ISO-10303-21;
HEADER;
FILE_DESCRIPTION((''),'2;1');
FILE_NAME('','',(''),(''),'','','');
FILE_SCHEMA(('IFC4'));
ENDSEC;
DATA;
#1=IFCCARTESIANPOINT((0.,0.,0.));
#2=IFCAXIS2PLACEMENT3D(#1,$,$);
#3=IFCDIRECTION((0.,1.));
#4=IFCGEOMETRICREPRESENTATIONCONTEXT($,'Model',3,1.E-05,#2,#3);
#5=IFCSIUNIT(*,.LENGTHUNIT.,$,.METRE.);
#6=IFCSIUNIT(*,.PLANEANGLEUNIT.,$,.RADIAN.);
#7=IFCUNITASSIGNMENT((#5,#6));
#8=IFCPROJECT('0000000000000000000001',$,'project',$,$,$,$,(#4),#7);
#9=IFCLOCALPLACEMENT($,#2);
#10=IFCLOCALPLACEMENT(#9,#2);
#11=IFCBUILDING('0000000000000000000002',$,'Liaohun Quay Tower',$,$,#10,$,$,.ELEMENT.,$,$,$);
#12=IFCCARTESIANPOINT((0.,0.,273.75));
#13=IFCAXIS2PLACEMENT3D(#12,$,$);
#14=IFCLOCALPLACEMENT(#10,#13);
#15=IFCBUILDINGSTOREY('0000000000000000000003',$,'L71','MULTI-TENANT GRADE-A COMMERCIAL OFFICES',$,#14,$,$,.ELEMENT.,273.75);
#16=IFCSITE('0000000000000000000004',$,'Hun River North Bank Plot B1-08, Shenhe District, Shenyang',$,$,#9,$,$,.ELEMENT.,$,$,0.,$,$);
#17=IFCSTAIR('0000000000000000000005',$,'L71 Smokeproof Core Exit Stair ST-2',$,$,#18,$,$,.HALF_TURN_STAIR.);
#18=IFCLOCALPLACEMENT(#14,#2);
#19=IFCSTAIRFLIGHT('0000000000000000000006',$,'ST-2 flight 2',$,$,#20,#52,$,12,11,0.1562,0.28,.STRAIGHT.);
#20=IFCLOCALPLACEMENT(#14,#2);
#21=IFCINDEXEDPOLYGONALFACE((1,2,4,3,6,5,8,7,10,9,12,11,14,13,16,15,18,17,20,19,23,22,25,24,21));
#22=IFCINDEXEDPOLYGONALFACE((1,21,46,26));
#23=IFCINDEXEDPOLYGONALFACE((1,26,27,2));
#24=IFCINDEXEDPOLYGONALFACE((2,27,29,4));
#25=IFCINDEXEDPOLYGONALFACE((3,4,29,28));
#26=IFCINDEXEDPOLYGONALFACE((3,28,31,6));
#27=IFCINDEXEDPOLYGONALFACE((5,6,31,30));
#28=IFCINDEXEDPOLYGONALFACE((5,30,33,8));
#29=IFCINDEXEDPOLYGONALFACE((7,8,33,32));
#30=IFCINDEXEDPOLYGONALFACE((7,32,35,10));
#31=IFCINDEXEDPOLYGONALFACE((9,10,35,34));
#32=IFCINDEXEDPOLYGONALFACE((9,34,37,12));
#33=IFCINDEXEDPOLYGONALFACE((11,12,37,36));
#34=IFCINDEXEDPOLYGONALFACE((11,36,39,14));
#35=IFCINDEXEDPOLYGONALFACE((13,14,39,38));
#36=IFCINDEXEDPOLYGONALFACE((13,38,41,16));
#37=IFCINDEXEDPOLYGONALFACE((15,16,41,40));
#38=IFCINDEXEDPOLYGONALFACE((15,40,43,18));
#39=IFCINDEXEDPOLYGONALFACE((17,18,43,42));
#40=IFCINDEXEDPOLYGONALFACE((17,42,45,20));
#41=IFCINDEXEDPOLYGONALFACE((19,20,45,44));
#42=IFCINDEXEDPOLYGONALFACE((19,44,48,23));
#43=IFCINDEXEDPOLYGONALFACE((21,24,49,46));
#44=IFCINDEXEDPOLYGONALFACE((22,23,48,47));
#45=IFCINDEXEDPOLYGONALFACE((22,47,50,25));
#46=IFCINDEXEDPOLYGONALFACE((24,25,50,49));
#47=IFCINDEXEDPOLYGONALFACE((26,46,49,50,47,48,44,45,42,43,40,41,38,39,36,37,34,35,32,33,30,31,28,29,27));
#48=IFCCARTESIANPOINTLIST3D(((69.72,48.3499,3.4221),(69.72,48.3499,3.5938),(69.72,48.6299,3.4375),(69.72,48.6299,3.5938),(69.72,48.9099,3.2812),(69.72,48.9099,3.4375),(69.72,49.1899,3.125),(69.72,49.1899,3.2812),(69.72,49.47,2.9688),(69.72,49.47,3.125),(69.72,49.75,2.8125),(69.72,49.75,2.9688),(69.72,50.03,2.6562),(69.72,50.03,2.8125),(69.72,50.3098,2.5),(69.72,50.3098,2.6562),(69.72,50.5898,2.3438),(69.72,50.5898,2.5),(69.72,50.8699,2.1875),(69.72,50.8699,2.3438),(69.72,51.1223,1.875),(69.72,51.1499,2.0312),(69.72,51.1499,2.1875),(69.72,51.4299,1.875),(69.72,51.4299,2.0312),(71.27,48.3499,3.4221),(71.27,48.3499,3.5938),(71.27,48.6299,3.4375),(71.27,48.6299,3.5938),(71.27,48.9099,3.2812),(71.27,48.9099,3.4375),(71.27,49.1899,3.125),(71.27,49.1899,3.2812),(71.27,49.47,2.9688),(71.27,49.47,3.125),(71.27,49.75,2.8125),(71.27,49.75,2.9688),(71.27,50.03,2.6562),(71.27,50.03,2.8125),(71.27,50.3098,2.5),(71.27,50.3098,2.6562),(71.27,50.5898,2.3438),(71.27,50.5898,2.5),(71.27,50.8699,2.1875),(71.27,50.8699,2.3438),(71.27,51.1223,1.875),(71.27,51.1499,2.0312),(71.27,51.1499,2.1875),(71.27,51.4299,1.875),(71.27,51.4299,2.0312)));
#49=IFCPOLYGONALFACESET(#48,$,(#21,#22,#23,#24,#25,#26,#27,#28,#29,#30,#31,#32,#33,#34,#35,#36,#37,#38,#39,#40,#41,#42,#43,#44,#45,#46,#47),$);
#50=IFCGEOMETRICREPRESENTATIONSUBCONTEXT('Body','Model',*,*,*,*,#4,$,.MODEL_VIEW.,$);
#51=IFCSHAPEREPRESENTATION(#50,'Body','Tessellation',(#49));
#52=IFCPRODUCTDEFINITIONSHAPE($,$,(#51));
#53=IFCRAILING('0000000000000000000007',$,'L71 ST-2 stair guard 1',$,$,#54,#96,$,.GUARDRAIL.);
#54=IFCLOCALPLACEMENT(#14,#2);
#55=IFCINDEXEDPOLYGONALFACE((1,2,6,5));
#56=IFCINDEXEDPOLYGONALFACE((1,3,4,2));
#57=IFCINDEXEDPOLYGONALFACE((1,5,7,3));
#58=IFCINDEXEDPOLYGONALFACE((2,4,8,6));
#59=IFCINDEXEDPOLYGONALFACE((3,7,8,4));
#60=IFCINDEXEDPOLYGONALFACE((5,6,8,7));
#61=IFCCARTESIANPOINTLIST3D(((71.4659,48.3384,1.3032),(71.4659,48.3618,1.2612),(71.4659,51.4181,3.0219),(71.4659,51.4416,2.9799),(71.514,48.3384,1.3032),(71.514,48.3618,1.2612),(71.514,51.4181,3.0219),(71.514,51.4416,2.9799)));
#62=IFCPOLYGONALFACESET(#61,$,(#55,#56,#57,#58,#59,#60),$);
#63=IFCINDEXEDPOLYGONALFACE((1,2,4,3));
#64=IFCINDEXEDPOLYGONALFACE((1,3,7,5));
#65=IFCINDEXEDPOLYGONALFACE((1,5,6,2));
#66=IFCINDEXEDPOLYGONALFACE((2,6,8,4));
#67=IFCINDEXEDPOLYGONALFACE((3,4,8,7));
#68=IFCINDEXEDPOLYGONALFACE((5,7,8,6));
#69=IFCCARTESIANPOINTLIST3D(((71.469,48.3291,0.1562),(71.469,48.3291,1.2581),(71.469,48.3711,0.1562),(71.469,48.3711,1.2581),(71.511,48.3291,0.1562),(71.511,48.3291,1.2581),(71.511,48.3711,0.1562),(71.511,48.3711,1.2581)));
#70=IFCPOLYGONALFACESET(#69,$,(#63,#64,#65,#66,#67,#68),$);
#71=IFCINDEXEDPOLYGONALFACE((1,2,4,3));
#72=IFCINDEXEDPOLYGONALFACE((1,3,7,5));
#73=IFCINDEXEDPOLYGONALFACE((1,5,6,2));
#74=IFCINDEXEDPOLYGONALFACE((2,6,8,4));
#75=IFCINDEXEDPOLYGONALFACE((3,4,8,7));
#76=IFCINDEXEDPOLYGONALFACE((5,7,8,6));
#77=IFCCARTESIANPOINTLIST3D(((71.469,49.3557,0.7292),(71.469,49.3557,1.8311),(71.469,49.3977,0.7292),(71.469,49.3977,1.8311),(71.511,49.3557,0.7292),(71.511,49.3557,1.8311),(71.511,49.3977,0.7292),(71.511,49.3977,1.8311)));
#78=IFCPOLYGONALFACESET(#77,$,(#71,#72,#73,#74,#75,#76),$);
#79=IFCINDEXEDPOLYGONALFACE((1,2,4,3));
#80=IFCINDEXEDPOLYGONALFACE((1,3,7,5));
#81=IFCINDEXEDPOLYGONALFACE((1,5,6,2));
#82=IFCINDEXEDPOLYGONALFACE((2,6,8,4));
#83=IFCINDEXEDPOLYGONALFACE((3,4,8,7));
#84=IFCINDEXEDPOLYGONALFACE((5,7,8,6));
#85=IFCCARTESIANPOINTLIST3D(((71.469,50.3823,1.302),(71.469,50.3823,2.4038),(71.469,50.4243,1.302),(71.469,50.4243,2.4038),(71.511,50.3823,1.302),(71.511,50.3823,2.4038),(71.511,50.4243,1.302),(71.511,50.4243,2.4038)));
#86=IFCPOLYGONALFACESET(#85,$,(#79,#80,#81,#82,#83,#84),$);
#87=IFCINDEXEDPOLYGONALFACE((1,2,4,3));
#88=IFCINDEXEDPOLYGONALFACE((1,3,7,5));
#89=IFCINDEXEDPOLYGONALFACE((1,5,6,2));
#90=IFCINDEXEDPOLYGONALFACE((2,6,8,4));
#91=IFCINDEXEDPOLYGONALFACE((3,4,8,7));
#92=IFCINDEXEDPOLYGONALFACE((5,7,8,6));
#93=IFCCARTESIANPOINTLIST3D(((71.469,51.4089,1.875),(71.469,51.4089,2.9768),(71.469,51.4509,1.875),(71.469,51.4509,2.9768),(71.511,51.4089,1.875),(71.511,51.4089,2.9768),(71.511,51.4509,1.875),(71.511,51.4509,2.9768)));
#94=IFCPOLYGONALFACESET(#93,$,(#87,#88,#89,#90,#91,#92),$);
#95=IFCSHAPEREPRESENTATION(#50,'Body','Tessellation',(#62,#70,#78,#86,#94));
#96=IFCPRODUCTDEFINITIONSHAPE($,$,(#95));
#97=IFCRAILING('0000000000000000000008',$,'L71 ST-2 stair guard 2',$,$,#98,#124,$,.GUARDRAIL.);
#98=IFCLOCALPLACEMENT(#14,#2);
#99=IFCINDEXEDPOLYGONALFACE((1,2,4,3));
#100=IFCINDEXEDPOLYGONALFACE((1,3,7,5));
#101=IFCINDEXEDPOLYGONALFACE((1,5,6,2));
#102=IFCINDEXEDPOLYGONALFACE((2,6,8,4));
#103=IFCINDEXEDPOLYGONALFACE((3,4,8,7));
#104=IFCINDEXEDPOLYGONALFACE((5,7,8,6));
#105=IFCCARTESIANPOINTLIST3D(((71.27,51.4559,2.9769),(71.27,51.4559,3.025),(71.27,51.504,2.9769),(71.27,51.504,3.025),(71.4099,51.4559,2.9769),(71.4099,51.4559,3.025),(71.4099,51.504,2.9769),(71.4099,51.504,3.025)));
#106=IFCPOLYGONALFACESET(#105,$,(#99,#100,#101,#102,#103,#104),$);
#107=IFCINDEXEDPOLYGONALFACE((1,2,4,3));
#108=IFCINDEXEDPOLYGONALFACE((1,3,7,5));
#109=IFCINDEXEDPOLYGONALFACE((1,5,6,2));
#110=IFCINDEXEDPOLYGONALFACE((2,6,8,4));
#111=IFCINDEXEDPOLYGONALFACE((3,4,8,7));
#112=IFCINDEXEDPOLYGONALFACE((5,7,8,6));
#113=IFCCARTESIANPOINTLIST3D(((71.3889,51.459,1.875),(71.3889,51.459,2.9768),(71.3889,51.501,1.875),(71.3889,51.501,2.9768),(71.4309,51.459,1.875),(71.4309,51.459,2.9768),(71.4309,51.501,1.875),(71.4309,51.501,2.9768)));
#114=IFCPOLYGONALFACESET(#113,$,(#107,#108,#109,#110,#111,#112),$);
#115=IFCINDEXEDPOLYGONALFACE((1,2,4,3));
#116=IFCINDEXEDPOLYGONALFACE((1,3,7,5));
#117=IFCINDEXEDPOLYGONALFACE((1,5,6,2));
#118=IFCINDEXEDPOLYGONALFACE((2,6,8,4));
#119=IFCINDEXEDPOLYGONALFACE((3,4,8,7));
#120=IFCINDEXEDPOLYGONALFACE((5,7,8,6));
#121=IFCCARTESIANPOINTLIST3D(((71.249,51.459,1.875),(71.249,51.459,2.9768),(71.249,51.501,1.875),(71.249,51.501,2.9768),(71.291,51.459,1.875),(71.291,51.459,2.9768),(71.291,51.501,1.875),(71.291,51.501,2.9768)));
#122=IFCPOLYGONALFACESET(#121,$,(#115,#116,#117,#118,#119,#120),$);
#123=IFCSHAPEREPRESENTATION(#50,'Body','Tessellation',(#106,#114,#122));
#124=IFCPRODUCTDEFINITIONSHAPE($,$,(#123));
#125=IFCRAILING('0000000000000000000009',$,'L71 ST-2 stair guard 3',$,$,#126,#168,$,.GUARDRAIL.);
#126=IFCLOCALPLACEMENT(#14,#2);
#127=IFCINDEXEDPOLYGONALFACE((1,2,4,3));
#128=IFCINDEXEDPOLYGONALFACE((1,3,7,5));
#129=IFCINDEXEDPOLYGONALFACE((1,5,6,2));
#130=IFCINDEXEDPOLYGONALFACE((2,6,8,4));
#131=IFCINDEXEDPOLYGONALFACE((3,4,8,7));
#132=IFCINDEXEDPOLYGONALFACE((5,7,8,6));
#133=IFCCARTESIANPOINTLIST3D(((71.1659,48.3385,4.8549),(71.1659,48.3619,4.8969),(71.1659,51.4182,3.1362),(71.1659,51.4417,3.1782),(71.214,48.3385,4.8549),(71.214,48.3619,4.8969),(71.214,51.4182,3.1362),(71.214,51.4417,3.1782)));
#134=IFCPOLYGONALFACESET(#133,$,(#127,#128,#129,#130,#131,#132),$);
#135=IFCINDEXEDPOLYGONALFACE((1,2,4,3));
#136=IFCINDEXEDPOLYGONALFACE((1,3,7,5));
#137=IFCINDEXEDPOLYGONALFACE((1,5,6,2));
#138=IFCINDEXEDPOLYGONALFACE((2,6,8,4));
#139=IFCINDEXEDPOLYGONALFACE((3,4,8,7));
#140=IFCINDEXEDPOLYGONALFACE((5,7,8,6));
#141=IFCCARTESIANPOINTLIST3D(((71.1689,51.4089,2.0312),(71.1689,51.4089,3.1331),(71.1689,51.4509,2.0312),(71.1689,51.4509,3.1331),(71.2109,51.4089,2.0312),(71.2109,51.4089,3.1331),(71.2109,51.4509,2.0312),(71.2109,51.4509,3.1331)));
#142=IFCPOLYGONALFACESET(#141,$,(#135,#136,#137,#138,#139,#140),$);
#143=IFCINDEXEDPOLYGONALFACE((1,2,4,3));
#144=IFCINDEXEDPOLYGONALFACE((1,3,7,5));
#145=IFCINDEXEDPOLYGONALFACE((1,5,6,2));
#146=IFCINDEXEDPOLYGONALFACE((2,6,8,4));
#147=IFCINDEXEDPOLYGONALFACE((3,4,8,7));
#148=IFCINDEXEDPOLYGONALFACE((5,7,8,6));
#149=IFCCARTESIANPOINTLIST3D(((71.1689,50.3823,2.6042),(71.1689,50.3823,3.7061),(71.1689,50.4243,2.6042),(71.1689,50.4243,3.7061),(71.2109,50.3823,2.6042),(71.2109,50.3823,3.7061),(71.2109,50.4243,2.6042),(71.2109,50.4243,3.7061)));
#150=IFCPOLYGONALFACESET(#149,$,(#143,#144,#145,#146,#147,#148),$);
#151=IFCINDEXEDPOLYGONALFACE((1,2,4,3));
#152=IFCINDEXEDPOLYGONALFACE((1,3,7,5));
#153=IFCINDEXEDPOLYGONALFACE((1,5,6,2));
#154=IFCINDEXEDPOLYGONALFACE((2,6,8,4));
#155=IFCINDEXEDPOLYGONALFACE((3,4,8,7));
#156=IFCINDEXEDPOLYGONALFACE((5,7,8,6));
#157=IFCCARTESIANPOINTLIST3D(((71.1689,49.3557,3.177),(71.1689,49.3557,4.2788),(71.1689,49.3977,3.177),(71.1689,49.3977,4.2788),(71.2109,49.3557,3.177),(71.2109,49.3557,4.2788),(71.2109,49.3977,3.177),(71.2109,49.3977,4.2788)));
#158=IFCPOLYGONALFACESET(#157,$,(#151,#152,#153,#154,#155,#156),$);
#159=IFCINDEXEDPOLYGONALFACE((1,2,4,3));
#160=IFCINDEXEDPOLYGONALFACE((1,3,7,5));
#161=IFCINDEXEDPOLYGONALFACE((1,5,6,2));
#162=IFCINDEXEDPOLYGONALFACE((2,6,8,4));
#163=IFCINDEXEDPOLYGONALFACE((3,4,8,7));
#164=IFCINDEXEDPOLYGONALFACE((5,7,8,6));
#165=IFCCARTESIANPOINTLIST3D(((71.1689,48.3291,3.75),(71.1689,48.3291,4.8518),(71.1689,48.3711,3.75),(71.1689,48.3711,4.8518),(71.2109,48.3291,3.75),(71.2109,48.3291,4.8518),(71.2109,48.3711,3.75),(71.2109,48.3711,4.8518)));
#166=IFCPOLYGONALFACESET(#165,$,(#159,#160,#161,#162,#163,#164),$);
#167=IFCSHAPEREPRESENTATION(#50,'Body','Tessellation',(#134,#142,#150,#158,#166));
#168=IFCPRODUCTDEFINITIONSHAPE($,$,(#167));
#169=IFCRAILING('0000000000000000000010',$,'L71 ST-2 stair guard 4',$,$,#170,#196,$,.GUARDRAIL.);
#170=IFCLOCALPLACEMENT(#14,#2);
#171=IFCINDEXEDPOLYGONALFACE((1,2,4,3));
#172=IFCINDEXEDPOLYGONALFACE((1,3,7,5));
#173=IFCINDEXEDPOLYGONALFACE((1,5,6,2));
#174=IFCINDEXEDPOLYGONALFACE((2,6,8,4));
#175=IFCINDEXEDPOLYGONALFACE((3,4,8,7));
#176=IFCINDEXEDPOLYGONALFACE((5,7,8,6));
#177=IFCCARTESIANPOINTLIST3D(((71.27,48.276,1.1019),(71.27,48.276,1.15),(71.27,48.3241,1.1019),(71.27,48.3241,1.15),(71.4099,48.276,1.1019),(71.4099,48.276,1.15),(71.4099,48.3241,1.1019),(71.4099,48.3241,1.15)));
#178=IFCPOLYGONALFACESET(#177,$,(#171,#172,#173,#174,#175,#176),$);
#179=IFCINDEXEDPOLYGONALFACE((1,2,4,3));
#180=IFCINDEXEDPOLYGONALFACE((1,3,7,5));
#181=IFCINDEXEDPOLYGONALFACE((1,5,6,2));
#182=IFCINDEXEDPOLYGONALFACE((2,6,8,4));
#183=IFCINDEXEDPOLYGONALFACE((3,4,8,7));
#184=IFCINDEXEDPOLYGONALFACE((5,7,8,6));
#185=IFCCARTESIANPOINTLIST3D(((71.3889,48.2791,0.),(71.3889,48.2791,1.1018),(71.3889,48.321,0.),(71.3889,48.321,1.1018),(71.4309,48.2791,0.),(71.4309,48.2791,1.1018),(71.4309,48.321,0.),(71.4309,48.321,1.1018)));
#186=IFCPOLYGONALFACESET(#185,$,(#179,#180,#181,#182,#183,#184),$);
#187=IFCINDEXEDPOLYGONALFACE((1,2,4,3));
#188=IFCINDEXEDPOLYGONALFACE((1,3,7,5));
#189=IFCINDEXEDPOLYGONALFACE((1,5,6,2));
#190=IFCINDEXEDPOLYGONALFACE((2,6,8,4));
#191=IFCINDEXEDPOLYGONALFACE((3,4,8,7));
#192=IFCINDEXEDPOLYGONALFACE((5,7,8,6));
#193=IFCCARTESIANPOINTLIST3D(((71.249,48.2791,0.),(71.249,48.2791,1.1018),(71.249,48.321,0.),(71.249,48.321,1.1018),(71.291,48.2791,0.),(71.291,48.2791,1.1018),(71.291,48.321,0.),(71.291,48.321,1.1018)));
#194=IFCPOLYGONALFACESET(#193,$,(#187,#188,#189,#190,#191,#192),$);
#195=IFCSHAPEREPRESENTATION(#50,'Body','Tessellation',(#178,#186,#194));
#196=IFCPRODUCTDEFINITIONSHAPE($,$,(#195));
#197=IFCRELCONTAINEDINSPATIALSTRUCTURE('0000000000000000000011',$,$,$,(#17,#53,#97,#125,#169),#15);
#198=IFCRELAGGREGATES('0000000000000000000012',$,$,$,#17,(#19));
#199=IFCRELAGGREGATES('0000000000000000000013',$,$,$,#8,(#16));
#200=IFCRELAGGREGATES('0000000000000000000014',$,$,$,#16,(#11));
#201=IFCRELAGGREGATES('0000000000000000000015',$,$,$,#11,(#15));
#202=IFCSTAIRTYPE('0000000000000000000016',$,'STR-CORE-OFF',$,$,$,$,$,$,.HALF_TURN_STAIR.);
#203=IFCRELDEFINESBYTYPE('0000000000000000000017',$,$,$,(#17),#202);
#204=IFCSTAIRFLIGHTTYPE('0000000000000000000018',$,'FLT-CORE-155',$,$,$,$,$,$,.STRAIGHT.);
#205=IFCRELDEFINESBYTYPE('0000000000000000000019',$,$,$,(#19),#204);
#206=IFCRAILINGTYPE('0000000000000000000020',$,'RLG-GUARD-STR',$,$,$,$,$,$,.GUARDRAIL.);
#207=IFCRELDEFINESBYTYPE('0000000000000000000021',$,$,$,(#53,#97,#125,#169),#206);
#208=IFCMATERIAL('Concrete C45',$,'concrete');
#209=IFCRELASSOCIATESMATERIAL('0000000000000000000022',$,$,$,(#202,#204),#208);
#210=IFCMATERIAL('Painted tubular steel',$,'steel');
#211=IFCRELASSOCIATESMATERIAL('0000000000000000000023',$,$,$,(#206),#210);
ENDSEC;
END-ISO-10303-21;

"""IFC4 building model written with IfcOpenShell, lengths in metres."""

from ifc_helpers import new_model, si_unit, direction, frame, origin, origin_2d, place, context, subcontext, project, spatial, polyline, rectangle, outline, extrude, material, type_object, element, aggregate, save


model = new_model("IFC4")

# Units and contexts
model_context = context("Model", 3, precision=1e-05, world=origin(), true_north=direction((0.0, 1.0)))
body_context = subcontext(model_context, "Body", "Model", "MODEL_VIEW")
ifc_project = project(units=[si_unit("LENGTHUNIT", "METRE"), si_unit("PLANEANGLEUNIT", "RADIAN")], contexts=[model_context])

# Site, building, storey
site_placement = place(None, origin())
site = spatial("IfcSite", under=ifc_project, at=site_placement, Name="Hun River North Bank Plot B1-08, Shenhe District, Shenyang", CompositionType="ELEMENT", RefElevation=0.0)
building_placement = place(site_placement, origin())
building = spatial("IfcBuilding", under=site, at=building_placement, Name="Liaohun Quay Tower", CompositionType="ELEMENT")
storey_placement = place(building_placement, frame((0.0, 0.0, 273.75)))
storey = spatial("IfcBuildingStorey", under=building, at=storey_placement, Name="L71", Description="MULTI-TENANT GRADE-A COMMERCIAL OFFICES", CompositionType="ELEMENT", Elevation=273.75)

# Stair, stair flight
ifc_material_1 = material(Name="Concrete C45", Category="concrete")
stair_type = type_object("IfcStairType", Name="STR-CORE-OFF", PredefinedType="HALF_TURN_STAIR", material=ifc_material_1)
stair_placement = place(storey_placement, origin())
stair = element("IfcStair", 1, at=stair_placement, inside=storey, type_object=stair_type, Name="L71 Smokeproof Core Exit Stair ST-2", PredefinedType="HALF_TURN_STAIR")
stair_flight_type = type_object("IfcStairFlightType", Name="FLT-CORE-155", PredefinedType="STRAIGHT", material=ifc_material_1)
stair_flight_1_placement = place(storey_placement, frame((70.4951, 51.4299, 1.875), z_axis=(0.0, 0.0, 1.0), x_axis=(0.0, -1.0, 0.0)))
stair_flight_1 = element("IfcStairFlight", 2, at=stair_flight_1_placement, type_object=stair_flight_type, Name="ST-2 flight 2", NumberOfRisers=12, NumberOfTreads=11, PredefinedType="STRAIGHT", RiserHeight=0.1562, TreadLength=0.28, context=body_context, shape_type="SweptSolid", body=[
    extrude(outline(polyline([(0.0, 0.0), (0.0, 0.1562), (0.28, 0.1562), (0.28, 0.3125), (0.5601, 0.3125), (0.5601, 0.4688), (0.8401, 0.4688), (0.8401, 0.625), (1.1201, 0.625), (1.1201, 0.7812), (1.3999, 0.7812), (1.3999, 0.9375), (1.6799, 0.9375), (1.6799, 1.0938), (1.96, 1.0938), (1.96, 1.25), (2.24, 1.25), (2.24, 1.4062), (2.52, 1.4062), (2.52, 1.5625), (2.8, 1.5625), (2.8, 1.7188), (3.0801, 1.7188), (3.0801, 1.875), (3.0801, 1.5471), (0.3076, 0.0), (0.0, 0.0)])), frame((0.0, 0.7749, 0.0), z_axis=(0.0, -1.0, 0.0), x_axis=(1.0, 0.0, 0.0)), (0.0, 0.0, 1.0), 1.55),
])
aggregate(stair, [stair_flight_1])

# Railings
ifc_material_2 = material(Name="Painted tubular steel", Category="steel")
railing_type_1 = type_object("IfcRailingType", Name="RLG-GUARD-STR", PredefinedType="GUARDRAIL", material=ifc_material_2)
railing_1_placement = place(storey_placement, frame((71.49, 48.3501, 0.1562)))
element("IfcRailing", 3, at=railing_1_placement, inside=storey, type_object=railing_type_1, Name="L71 ST-2 stair guard 1", PredefinedType="GUARDRAIL", context=body_context, shape_type="SweptSolid", body=[
    extrude(rectangle(XDim=0.0481, YDim=0.0481, at=origin_2d()), frame((0.0, 0.0, 1.126), z_axis=(0.0, 0.873225, 0.487317), x_axis=(-1.0, 0.0, 0.0)), (0.0, 0.0, 1.0), 3.5269),
    extrude(rectangle(XDim=0.042, YDim=0.042, at=origin_2d()), origin(), (0.0, 0.0, 1.0), 1.1018),
    extrude(rectangle(XDim=0.042, YDim=0.042, at=origin_2d()), frame((0.0, 1.0266, 0.573)), (0.0, 0.0, 1.0), 1.1018),
    extrude(rectangle(XDim=0.042, YDim=0.042, at=origin_2d()), frame((0.0, 2.0532, 1.1458)), (0.0, 0.0, 1.0), 1.1018),
    extrude(rectangle(XDim=0.042, YDim=0.042, at=origin_2d()), frame((0.0, 3.0798, 1.7188)), (0.0, 0.0, 1.0), 1.1018),
])
railing_2_placement = place(storey_placement, frame((71.4099, 51.48, 1.875)))
element("IfcRailing", 4, at=railing_2_placement, inside=storey, type_object=railing_type_1, Name="L71 ST-2 stair guard 2", PredefinedType="GUARDRAIL", context=body_context, shape_type="SweptSolid", body=[
    extrude(rectangle(XDim=0.0481, YDim=0.0481, at=origin_2d()), frame((0.0, 0.0, 1.126), z_axis=(-1.0, 0.0, 0.0), x_axis=(0.0, -1.0, 0.0)), (0.0, 0.0, 1.0), 0.1399),
    extrude(rectangle(XDim=0.042, YDim=0.042, at=origin_2d()), origin(), (0.0, 0.0, 1.0), 1.1018),
    extrude(rectangle(XDim=0.042, YDim=0.042, at=origin_2d()), frame((-0.1399, 0.0, 0.0)), (0.0, 0.0, 1.0), 1.1018),
])
railing_3_placement = place(storey_placement, frame((71.1899, 51.4299, 2.0312)))
element("IfcRailing", 5, at=railing_3_placement, inside=storey, type_object=railing_type_1, Name="L71 ST-2 stair guard 3", PredefinedType="GUARDRAIL", context=body_context, shape_type="SweptSolid", body=[
    extrude(rectangle(XDim=0.0481, YDim=0.0481, at=origin_2d()), frame((0.0, 0.0, 1.126), z_axis=(0.0, -0.873225, 0.487317), x_axis=(1.0, 0.0, 0.0)), (0.0, 0.0, 1.0), 3.5269),
    extrude(rectangle(XDim=0.042, YDim=0.042, at=origin_2d()), origin(), (0.0, 0.0, 1.0), 1.1018),
    extrude(rectangle(XDim=0.042, YDim=0.042, at=origin_2d()), frame((0.0, -1.0266, 0.573)), (0.0, 0.0, 1.0), 1.1018),
    extrude(rectangle(XDim=0.042, YDim=0.042, at=origin_2d()), frame((0.0, -2.0532, 1.1458)), (0.0, 0.0, 1.0), 1.1018),
    extrude(rectangle(XDim=0.042, YDim=0.042, at=origin_2d()), frame((0.0, -3.0798, 1.7188)), (0.0, 0.0, 1.0), 1.1018),
])
railing_4_placement = place(storey_placement, frame((71.4099, 48.3, 0.0)))
element("IfcRailing", 6, at=railing_4_placement, inside=storey, type_object=railing_type_1, Name="L71 ST-2 stair guard 4", PredefinedType="GUARDRAIL", context=body_context, shape_type="SweptSolid", body=[
    extrude(rectangle(XDim=0.0481, YDim=0.0481, at=origin_2d()), frame((0.0, 0.0, 1.126), z_axis=(-1.0, 0.0, 0.0), x_axis=(0.0, -1.0, 0.0)), (0.0, 0.0, 1.0), 0.1399),
    extrude(rectangle(XDim=0.042, YDim=0.042, at=origin_2d()), origin(), (0.0, 0.0, 1.0), 1.1018),
    extrude(rectangle(XDim=0.042, YDim=0.042, at=origin_2d()), frame((-0.1399, 0.0, 0.0)), (0.0, 0.0, 1.0), 1.1018),
])

save(model, "model.ifc")
